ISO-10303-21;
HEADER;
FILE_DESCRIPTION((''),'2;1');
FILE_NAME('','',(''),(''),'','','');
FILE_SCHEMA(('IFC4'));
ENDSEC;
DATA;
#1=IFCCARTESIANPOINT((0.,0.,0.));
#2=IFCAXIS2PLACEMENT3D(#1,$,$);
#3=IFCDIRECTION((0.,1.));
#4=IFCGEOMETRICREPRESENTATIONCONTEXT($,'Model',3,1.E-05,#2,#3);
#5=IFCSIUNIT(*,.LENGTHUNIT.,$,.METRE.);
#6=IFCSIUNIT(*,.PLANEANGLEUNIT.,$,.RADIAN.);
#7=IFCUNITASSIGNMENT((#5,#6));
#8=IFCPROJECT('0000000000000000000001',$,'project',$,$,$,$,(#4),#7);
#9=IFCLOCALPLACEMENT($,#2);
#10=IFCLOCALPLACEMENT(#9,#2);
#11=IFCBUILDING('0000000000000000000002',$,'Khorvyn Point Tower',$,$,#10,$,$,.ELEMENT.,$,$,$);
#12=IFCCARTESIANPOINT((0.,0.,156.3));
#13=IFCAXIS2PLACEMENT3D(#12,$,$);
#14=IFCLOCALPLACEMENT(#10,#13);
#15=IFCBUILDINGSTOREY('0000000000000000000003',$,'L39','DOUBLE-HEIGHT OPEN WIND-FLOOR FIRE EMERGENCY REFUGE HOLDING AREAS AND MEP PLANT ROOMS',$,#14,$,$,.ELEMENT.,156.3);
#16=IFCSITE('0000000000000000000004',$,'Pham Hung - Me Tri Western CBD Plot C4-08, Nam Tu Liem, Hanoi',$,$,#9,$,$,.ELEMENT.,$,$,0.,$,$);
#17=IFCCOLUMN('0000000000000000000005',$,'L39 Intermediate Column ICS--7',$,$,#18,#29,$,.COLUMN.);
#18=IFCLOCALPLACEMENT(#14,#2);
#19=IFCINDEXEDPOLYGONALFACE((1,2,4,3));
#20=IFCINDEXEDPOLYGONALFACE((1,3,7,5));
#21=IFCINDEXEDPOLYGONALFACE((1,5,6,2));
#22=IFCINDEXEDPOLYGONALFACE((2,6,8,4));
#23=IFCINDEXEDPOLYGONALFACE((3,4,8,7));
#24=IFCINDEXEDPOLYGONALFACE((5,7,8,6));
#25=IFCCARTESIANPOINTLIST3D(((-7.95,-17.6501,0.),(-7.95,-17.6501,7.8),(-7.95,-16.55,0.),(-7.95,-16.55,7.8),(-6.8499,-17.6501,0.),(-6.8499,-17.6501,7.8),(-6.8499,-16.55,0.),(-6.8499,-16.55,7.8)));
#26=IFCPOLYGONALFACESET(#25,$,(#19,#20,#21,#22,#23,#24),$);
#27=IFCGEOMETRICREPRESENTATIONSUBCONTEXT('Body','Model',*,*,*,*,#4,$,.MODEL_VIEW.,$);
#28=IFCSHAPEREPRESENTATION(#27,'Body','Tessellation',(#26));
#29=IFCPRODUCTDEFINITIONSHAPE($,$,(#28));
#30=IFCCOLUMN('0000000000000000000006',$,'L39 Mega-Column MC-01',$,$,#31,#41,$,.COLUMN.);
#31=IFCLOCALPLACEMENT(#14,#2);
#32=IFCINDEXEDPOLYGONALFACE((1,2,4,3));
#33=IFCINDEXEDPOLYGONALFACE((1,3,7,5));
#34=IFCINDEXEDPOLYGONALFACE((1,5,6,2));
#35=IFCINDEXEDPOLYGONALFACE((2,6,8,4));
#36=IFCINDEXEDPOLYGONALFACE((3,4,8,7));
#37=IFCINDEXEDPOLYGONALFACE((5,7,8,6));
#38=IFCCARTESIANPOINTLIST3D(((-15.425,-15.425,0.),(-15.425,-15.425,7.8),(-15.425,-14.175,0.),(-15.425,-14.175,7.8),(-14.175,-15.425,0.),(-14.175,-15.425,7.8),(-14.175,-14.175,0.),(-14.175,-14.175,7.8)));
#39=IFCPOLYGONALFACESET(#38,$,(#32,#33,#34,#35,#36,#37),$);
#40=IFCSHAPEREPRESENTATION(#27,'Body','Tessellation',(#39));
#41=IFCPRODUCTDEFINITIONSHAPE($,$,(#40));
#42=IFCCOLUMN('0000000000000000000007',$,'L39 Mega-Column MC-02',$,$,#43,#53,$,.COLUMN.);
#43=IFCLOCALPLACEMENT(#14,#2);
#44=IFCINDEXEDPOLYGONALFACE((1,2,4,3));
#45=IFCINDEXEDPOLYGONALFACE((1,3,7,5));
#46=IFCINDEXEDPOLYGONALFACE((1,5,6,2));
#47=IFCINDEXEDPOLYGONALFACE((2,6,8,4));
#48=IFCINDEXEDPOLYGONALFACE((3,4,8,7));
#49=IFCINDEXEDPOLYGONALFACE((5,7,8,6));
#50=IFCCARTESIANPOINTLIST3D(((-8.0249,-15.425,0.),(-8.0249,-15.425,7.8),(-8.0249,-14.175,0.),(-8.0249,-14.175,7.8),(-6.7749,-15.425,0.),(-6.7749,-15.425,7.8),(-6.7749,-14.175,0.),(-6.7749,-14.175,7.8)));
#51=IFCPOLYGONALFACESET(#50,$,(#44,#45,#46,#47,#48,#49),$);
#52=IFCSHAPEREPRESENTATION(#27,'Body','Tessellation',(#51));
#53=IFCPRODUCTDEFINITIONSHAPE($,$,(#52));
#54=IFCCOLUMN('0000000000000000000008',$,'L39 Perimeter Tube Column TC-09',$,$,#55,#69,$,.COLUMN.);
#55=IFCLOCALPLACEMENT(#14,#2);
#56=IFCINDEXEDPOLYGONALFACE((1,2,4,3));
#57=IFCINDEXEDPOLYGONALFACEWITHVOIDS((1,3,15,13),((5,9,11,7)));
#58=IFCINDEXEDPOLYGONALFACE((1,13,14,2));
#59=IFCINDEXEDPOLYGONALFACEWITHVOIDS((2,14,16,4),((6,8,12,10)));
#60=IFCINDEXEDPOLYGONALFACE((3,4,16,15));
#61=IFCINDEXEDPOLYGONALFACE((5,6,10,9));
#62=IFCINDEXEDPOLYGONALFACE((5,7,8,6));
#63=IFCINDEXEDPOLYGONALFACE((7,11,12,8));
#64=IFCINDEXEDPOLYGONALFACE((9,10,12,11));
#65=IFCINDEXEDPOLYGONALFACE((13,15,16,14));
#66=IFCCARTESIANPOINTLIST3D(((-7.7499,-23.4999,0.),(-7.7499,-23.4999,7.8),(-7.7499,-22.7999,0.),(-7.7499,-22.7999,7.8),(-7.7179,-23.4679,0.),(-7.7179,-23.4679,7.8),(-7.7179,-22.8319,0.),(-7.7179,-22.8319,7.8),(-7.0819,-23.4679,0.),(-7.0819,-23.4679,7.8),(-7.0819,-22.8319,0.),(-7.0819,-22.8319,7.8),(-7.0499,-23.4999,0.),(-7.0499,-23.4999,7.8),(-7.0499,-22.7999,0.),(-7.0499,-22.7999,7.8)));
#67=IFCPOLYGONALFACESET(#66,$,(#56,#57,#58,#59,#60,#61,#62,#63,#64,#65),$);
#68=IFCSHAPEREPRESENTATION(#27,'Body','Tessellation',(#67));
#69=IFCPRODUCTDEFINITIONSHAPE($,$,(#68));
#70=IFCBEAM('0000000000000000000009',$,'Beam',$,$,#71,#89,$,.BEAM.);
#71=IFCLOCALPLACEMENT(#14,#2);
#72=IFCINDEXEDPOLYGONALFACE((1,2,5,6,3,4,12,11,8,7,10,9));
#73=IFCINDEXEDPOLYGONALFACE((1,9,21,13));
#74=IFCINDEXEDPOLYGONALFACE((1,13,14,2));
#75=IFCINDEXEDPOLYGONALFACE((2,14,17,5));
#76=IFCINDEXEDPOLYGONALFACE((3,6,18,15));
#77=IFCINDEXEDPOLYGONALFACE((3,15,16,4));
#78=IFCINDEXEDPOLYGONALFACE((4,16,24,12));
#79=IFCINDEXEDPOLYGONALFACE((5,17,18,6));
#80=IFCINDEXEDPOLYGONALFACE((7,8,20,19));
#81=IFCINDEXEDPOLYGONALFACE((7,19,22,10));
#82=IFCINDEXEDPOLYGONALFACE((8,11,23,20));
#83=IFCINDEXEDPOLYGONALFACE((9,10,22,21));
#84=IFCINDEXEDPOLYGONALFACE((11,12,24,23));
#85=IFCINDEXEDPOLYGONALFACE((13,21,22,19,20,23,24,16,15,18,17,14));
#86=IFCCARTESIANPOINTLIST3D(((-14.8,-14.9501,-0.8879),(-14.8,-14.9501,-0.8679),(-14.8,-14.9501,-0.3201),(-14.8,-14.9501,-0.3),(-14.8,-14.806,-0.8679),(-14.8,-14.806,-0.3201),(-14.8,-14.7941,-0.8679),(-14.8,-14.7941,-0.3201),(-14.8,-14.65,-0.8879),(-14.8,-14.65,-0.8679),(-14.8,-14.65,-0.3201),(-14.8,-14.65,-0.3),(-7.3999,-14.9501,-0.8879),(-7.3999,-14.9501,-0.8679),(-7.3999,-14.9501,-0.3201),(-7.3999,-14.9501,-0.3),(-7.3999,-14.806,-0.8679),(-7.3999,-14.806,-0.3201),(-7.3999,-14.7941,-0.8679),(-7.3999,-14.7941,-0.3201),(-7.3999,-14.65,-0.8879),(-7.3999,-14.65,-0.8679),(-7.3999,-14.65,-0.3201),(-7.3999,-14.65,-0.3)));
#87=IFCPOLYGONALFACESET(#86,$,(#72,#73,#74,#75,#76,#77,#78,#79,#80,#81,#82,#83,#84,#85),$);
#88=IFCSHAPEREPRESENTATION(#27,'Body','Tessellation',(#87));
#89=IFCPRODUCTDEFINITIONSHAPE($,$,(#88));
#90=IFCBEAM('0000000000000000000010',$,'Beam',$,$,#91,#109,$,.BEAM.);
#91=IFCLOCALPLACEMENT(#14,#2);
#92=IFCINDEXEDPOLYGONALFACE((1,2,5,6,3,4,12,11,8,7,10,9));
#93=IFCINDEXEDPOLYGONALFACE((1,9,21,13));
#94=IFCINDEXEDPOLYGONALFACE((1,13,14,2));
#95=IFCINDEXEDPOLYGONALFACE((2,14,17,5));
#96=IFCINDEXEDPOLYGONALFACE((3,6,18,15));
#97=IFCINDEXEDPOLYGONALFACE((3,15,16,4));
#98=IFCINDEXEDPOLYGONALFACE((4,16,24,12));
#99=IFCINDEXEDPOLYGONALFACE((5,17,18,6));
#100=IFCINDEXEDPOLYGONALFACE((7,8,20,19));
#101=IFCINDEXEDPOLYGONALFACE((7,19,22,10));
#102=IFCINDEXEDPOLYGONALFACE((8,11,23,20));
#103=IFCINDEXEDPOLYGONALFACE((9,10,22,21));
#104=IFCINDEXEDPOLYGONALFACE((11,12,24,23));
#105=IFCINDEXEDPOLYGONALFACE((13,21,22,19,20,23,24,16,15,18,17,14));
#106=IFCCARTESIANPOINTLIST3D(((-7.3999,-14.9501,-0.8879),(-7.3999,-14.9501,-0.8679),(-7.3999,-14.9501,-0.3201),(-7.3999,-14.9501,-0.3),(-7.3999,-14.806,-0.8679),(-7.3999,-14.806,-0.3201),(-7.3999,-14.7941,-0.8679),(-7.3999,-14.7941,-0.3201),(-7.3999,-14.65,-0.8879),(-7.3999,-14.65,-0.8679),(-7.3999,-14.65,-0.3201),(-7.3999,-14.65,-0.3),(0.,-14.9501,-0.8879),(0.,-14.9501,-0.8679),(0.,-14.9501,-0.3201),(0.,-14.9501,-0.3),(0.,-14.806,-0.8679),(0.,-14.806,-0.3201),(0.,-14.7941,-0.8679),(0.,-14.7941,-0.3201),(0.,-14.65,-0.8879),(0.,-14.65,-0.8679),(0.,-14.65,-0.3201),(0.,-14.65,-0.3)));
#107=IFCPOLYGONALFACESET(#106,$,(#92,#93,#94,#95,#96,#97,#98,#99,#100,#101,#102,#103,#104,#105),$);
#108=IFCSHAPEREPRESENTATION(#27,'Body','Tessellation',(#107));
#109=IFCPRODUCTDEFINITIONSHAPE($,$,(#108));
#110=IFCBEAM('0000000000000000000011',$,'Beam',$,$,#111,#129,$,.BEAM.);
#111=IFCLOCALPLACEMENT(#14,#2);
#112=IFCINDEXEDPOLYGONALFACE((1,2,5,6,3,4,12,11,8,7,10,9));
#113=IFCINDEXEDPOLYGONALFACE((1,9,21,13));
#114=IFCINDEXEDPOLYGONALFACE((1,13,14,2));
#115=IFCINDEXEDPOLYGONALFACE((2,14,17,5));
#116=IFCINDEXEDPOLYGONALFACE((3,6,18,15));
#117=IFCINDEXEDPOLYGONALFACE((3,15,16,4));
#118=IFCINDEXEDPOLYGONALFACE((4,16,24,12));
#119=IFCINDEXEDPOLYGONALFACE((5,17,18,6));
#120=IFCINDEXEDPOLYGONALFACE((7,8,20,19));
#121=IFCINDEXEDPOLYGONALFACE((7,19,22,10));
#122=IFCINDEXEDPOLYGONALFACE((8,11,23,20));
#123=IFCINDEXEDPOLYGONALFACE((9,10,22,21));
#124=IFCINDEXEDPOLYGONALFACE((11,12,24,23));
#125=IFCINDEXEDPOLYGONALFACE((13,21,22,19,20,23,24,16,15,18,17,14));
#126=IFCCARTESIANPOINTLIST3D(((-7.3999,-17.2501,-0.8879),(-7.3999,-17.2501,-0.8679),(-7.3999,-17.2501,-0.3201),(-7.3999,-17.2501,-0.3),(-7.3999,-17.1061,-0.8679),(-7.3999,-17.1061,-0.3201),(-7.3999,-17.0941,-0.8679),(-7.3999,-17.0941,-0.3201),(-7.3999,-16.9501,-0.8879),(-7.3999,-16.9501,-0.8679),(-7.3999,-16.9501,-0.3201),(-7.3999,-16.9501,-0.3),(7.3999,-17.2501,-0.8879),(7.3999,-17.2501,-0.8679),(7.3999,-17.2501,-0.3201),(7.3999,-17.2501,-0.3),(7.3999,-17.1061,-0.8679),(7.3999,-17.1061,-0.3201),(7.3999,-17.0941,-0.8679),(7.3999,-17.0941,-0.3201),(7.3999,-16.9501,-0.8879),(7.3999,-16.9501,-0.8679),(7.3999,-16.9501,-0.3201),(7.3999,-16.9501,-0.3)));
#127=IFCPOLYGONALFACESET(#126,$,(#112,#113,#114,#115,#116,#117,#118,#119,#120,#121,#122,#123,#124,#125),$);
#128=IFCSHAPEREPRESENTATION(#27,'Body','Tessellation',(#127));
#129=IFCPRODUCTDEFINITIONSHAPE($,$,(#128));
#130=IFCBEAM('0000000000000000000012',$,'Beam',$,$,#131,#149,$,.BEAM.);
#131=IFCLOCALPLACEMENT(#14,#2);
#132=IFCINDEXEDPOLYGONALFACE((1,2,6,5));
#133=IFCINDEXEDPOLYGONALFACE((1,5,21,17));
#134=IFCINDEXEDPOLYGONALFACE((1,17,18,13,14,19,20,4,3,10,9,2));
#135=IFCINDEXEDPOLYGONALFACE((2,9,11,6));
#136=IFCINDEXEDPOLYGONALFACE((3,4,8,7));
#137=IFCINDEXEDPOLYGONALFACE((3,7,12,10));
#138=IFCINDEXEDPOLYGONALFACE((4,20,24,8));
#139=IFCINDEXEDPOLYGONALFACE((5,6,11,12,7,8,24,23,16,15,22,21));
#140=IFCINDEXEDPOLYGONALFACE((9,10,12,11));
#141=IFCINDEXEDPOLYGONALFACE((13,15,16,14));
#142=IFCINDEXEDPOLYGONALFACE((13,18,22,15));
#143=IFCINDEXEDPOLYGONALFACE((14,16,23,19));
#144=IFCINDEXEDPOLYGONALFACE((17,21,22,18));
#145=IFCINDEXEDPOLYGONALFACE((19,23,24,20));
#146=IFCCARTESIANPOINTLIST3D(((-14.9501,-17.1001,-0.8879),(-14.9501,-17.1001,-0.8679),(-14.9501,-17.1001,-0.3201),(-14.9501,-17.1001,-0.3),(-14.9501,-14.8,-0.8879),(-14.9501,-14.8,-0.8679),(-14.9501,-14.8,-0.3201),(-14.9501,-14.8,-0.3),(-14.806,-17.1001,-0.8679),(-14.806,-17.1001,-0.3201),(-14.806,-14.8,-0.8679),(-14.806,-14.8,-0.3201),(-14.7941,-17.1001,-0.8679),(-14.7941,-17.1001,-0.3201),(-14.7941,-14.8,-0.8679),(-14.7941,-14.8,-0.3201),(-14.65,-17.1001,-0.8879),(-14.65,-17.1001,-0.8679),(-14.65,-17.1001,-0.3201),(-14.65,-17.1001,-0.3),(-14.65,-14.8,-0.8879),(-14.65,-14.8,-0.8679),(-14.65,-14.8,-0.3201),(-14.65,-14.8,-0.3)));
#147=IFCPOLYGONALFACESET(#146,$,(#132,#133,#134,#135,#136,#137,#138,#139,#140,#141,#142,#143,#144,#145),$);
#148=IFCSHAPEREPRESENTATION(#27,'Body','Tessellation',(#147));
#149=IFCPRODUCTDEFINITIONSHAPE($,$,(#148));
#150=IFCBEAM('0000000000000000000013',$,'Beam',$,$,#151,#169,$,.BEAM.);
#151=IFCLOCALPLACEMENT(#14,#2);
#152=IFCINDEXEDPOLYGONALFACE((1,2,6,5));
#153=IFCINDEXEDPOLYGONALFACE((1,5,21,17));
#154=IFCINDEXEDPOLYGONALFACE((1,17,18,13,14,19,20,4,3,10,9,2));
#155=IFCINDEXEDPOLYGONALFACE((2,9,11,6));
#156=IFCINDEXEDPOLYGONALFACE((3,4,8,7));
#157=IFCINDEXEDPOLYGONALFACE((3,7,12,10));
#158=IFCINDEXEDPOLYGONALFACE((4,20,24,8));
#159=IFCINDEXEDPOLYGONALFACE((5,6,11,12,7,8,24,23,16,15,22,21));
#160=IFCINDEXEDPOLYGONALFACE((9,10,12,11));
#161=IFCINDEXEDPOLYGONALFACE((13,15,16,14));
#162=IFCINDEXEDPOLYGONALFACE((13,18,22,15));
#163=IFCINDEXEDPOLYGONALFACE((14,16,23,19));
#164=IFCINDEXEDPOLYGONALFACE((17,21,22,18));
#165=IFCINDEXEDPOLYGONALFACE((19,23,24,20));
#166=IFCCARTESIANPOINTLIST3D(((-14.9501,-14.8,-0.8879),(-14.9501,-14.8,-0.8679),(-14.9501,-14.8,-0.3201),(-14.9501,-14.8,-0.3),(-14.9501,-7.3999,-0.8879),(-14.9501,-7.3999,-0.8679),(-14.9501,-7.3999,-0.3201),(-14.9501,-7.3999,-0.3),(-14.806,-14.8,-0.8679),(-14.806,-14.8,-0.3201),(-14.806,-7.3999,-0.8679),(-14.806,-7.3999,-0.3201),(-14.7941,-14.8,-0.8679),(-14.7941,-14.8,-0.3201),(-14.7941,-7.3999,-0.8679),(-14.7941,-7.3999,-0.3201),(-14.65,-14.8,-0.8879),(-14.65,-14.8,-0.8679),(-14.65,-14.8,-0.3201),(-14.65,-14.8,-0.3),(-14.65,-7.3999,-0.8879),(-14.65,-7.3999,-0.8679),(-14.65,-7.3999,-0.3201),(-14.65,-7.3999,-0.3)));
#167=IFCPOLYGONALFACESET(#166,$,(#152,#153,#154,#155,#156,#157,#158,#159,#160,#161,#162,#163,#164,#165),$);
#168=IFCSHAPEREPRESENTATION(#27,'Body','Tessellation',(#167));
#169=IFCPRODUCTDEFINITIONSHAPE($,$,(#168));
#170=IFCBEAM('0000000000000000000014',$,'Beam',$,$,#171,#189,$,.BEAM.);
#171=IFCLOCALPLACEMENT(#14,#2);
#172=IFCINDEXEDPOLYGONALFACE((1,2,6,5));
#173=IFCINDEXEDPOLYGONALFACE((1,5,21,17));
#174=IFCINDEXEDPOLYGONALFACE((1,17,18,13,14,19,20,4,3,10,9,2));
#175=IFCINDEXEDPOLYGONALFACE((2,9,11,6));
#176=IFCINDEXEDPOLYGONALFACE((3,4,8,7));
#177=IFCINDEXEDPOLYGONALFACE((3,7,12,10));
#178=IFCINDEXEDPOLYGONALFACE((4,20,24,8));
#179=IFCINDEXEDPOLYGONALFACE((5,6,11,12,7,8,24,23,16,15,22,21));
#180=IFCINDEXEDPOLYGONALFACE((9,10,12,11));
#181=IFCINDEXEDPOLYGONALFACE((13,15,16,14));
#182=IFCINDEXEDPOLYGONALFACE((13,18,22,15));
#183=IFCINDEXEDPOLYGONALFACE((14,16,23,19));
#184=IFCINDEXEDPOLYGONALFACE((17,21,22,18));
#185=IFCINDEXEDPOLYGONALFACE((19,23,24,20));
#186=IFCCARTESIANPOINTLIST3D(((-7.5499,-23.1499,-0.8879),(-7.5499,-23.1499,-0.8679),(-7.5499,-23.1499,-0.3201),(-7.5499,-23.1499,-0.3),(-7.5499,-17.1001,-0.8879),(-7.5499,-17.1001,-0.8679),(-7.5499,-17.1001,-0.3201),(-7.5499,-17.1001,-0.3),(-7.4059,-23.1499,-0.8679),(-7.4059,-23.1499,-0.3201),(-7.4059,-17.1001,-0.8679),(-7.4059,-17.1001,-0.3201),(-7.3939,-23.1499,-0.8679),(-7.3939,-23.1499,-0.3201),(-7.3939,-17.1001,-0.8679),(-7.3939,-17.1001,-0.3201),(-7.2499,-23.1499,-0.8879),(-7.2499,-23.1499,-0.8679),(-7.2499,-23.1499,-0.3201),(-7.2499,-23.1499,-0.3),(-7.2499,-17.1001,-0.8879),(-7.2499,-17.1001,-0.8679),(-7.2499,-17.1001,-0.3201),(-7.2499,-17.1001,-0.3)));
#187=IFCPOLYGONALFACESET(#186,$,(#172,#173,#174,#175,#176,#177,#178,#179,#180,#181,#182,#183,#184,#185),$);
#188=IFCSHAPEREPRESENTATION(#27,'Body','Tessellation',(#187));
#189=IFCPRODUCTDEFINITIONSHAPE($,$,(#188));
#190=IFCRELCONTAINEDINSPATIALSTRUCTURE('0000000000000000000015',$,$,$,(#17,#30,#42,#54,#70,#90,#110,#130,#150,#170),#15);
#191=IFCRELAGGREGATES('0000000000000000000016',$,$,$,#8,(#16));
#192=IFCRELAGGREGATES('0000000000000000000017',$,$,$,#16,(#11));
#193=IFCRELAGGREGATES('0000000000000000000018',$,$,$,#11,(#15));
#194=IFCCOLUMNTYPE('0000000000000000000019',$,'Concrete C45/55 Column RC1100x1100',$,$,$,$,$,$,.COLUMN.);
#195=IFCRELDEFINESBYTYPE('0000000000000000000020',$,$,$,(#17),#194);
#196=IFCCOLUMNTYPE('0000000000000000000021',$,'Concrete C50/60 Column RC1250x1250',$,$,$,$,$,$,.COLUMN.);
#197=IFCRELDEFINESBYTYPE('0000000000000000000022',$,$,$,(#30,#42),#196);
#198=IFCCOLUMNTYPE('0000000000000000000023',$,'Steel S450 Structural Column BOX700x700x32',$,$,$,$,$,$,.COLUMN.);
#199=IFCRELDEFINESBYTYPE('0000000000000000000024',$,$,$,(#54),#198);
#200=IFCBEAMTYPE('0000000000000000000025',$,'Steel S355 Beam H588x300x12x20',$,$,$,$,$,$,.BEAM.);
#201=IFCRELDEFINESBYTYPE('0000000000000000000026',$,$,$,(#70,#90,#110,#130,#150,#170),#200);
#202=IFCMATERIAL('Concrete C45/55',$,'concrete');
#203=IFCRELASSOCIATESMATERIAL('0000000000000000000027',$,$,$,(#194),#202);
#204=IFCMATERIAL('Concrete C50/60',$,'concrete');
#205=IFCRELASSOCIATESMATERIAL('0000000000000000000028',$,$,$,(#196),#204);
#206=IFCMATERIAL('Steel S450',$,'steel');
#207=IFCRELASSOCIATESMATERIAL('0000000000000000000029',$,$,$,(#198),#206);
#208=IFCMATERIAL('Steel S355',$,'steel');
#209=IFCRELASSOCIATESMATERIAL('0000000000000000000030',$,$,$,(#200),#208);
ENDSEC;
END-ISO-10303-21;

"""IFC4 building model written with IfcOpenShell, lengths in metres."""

from ifc_helpers import new_model, si_unit, direction, frame, origin, origin_2d, place, context, subcontext, project, spatial, rectangle, hollow_rectangle, i_section, extrude, material, material_profile, profile_set, type_object, element, save


model = new_model("IFC4")

# Units and contexts
model_context = context("Model", 3, precision=1e-05, world=origin(), true_north=direction((0.0, 1.0)))
body_context = subcontext(model_context, "Body", "Model", "MODEL_VIEW")
ifc_project = project(units=[si_unit("LENGTHUNIT", "METRE"), si_unit("PLANEANGLEUNIT", "RADIAN")], contexts=[model_context])

# Site, building, storey
site_placement = place(None, origin())
site = spatial("IfcSite", under=ifc_project, at=site_placement, Name="Pham Hung - Me Tri Western CBD Plot C4-08, Nam Tu Liem, Hanoi", CompositionType="ELEMENT", RefElevation=0.0)
building_placement = place(site_placement, origin())
building = spatial("IfcBuilding", under=site, at=building_placement, Name="Khorvyn Point Tower", CompositionType="ELEMENT")
storey_placement = place(building_placement, frame((0.0, 0.0, 156.3)))
storey = spatial("IfcBuildingStorey", under=building, at=storey_placement, Name="L39", Description="DOUBLE-HEIGHT OPEN WIND-FLOOR FIRE EMERGENCY REFUGE HOLDING AREAS AND MEP PLANT ROOMS", CompositionType="ELEMENT", Elevation=156.3)

# Columns
ifc_material_1 = material(Name="Concrete C45/55", Category="concrete")
ifc_material_profile_1 = material_profile(ifc_material_1, rectangle(XDim=1.1001, YDim=1.1001, at=origin_2d()))
ifc_profile_set_1 = profile_set([ifc_material_profile_1], Name="Concrete C45/55 RC1100x1100")
column_type_1 = type_object("IfcColumnType", Name="Concrete C45/55 Column RC1100x1100", PredefinedType="COLUMN", material=ifc_profile_set_1)
column_1_placement = place(storey_placement, frame((-7.3999, -17.1001, 0.0), z_axis=(0.0, 0.0, 1.0), x_axis=(1.0, 0.0, 0.0)))
element("IfcColumn", 1, at=column_1_placement, inside=storey, type_object=column_type_1, Name="L39 Intermediate Column ICS--7", PredefinedType="COLUMN", context=body_context, shape_type="SweptSolid", body=[
    extrude(rectangle(XDim=1.1001, YDim=1.1001, at=origin_2d()), origin(), (0.0, 0.0, 1.0), 7.8),
])
ifc_material_2 = material(Name="Concrete C50/60", Category="concrete")
ifc_material_profile_2 = material_profile(ifc_material_2, rectangle(XDim=1.25, YDim=1.25, at=origin_2d()))
ifc_profile_set_2 = profile_set([ifc_material_profile_2], Name="Concrete C50/60 RC1250x1250")
column_type_2 = type_object("IfcColumnType", Name="Concrete C50/60 Column RC1250x1250", PredefinedType="COLUMN", material=ifc_profile_set_2)
for number, where, z_axis, x_axis, name in (
    (2, (-14.8, -14.8, 0.0), (0.0, 0.0, 1.0), (1.0, 0.0, 0.0), "L39 Mega-Column MC-01"),
    (3, (-7.3999, -14.8, 0.0), (0.0, 0.0, 1.0), (1.0, 0.0, 0.0), "L39 Mega-Column MC-02"),
):
    element("IfcColumn", number, at=place(storey_placement, frame(where, z_axis=z_axis, x_axis=x_axis)), inside=storey, type_object=column_type_2, Name=name, PredefinedType="COLUMN", context=body_context, shape_type="SweptSolid", body=[
        extrude(rectangle(XDim=1.25, YDim=1.25, at=origin_2d()), origin(), (0.0, 0.0, 1.0), 7.8),
    ])
ifc_material_3 = material(Name="Steel S450", Category="steel")
ifc_material_profile_3 = material_profile(ifc_material_3, hollow_rectangle(XDim=0.7, YDim=0.7, WallThickness=0.032, at=origin_2d()))
ifc_profile_set_3 = profile_set([ifc_material_profile_3], Name="Steel S450 BOX700x700x32")
column_type_3 = type_object("IfcColumnType", Name="Steel S450 Structural Column BOX700x700x32", PredefinedType="COLUMN", material=ifc_profile_set_3)
column_2_placement = place(storey_placement, frame((-7.3999, -23.1499, 0.0), z_axis=(0.0, 0.0, 1.0), x_axis=(1.0, 0.0, 0.0)))
element("IfcColumn", 4, at=column_2_placement, inside=storey, type_object=column_type_3, Name="L39 Perimeter Tube Column TC-09", PredefinedType="COLUMN", context=body_context, shape_type="SweptSolid", body=[
    extrude(hollow_rectangle(XDim=0.7, YDim=0.7, WallThickness=0.032, at=origin_2d()), origin(), (0.0, 0.0, 1.0), 7.8),
])

# Beams
ifc_material_4 = material(Name="Steel S355", Category="steel")
ifc_material_profile_4 = material_profile(ifc_material_4, i_section(OverallWidth=0.3, OverallDepth=0.5879, WebThickness=0.012, FlangeThickness=0.02, at=origin_2d()))
ifc_profile_set_4 = profile_set([ifc_material_profile_4], Name="Steel S355 H588x300x12x20")
beam_type_1 = type_object("IfcBeamType", Name="Steel S355 Beam H588x300x12x20", PredefinedType="BEAM", material=ifc_profile_set_4)
beam_1_placement = place(storey_placement, frame((-14.8, -14.8, -0.594), z_axis=(1.0, 0.0, 0.0), x_axis=(0.0, 1.0, 0.0)))
element("IfcBeam", 5, at=beam_1_placement, inside=storey, type_object=beam_type_1, Name="Beam", PredefinedType="BEAM", context=body_context, shape_type="SweptSolid", body=[
    extrude(i_section(OverallWidth=0.3, OverallDepth=0.5879, WebThickness=0.012, FlangeThickness=0.02, at=origin_2d()), origin(), (0.0, 0.0, 1.0), 7.4001),
])
beam_2_placement = place(storey_placement, frame((-7.3999, -14.8, -0.594), z_axis=(1.0, 0.0, 0.0), x_axis=(0.0, 1.0, 0.0)))
element("IfcBeam", 6, at=beam_2_placement, inside=storey, type_object=beam_type_1, Name="Beam", PredefinedType="BEAM", context=body_context, shape_type="SweptSolid", body=[
    extrude(i_section(OverallWidth=0.3, OverallDepth=0.5879, WebThickness=0.012, FlangeThickness=0.02, at=origin_2d()), origin(), (0.0, 0.0, 1.0), 7.3999),
])
beam_3_placement = place(storey_placement, frame((-7.3999, -17.1001, -0.594), z_axis=(1.0, 0.0, 0.0), x_axis=(0.0, 1.0, 0.0)))
element("IfcBeam", 7, at=beam_3_placement, inside=storey, type_object=beam_type_1, Name="Beam", PredefinedType="BEAM", context=body_context, shape_type="SweptSolid", body=[
    extrude(i_section(OverallWidth=0.3, OverallDepth=0.5879, WebThickness=0.012, FlangeThickness=0.02, at=origin_2d()), origin(), (0.0, 0.0, 1.0), 14.7998),
])
beam_4_placement = place(storey_placement, frame((-14.8, -17.1001, -0.594), z_axis=(0.0, 1.0, 0.0), x_axis=(-1.0, 0.0, 0.0)))
element("IfcBeam", 8, at=beam_4_placement, inside=storey, type_object=beam_type_1, Name="Beam", PredefinedType="BEAM", context=body_context, shape_type="SweptSolid", body=[
    extrude(i_section(OverallWidth=0.3, OverallDepth=0.5879, WebThickness=0.012, FlangeThickness=0.02, at=origin_2d()), origin(), (0.0, 0.0, 1.0), 2.3),
])
beam_5_placement = place(storey_placement, frame((-14.8, -14.8, -0.594), z_axis=(0.0, 1.0, 0.0), x_axis=(-1.0, 0.0, 0.0)))
element("IfcBeam", 9, at=beam_5_placement, inside=storey, type_object=beam_type_1, Name="Beam", PredefinedType="BEAM", context=body_context, shape_type="SweptSolid", body=[
    extrude(i_section(OverallWidth=0.3, OverallDepth=0.5879, WebThickness=0.012, FlangeThickness=0.02, at=origin_2d()), origin(), (0.0, 0.0, 1.0), 7.4001),
])
beam_6_placement = place(storey_placement, frame((-7.3999, -23.1499, -0.594), z_axis=(0.0, 1.0, 0.0), x_axis=(-1.0, 0.0, 0.0)))
element("IfcBeam", 10, at=beam_6_placement, inside=storey, type_object=beam_type_1, Name="Beam", PredefinedType="BEAM", context=body_context, shape_type="SweptSolid", body=[
    extrude(i_section(OverallWidth=0.3, OverallDepth=0.5879, WebThickness=0.012, FlangeThickness=0.02, at=origin_2d()), origin(), (0.0, 0.0, 1.0), 6.0498),
])

save(model, "model.ifc")
